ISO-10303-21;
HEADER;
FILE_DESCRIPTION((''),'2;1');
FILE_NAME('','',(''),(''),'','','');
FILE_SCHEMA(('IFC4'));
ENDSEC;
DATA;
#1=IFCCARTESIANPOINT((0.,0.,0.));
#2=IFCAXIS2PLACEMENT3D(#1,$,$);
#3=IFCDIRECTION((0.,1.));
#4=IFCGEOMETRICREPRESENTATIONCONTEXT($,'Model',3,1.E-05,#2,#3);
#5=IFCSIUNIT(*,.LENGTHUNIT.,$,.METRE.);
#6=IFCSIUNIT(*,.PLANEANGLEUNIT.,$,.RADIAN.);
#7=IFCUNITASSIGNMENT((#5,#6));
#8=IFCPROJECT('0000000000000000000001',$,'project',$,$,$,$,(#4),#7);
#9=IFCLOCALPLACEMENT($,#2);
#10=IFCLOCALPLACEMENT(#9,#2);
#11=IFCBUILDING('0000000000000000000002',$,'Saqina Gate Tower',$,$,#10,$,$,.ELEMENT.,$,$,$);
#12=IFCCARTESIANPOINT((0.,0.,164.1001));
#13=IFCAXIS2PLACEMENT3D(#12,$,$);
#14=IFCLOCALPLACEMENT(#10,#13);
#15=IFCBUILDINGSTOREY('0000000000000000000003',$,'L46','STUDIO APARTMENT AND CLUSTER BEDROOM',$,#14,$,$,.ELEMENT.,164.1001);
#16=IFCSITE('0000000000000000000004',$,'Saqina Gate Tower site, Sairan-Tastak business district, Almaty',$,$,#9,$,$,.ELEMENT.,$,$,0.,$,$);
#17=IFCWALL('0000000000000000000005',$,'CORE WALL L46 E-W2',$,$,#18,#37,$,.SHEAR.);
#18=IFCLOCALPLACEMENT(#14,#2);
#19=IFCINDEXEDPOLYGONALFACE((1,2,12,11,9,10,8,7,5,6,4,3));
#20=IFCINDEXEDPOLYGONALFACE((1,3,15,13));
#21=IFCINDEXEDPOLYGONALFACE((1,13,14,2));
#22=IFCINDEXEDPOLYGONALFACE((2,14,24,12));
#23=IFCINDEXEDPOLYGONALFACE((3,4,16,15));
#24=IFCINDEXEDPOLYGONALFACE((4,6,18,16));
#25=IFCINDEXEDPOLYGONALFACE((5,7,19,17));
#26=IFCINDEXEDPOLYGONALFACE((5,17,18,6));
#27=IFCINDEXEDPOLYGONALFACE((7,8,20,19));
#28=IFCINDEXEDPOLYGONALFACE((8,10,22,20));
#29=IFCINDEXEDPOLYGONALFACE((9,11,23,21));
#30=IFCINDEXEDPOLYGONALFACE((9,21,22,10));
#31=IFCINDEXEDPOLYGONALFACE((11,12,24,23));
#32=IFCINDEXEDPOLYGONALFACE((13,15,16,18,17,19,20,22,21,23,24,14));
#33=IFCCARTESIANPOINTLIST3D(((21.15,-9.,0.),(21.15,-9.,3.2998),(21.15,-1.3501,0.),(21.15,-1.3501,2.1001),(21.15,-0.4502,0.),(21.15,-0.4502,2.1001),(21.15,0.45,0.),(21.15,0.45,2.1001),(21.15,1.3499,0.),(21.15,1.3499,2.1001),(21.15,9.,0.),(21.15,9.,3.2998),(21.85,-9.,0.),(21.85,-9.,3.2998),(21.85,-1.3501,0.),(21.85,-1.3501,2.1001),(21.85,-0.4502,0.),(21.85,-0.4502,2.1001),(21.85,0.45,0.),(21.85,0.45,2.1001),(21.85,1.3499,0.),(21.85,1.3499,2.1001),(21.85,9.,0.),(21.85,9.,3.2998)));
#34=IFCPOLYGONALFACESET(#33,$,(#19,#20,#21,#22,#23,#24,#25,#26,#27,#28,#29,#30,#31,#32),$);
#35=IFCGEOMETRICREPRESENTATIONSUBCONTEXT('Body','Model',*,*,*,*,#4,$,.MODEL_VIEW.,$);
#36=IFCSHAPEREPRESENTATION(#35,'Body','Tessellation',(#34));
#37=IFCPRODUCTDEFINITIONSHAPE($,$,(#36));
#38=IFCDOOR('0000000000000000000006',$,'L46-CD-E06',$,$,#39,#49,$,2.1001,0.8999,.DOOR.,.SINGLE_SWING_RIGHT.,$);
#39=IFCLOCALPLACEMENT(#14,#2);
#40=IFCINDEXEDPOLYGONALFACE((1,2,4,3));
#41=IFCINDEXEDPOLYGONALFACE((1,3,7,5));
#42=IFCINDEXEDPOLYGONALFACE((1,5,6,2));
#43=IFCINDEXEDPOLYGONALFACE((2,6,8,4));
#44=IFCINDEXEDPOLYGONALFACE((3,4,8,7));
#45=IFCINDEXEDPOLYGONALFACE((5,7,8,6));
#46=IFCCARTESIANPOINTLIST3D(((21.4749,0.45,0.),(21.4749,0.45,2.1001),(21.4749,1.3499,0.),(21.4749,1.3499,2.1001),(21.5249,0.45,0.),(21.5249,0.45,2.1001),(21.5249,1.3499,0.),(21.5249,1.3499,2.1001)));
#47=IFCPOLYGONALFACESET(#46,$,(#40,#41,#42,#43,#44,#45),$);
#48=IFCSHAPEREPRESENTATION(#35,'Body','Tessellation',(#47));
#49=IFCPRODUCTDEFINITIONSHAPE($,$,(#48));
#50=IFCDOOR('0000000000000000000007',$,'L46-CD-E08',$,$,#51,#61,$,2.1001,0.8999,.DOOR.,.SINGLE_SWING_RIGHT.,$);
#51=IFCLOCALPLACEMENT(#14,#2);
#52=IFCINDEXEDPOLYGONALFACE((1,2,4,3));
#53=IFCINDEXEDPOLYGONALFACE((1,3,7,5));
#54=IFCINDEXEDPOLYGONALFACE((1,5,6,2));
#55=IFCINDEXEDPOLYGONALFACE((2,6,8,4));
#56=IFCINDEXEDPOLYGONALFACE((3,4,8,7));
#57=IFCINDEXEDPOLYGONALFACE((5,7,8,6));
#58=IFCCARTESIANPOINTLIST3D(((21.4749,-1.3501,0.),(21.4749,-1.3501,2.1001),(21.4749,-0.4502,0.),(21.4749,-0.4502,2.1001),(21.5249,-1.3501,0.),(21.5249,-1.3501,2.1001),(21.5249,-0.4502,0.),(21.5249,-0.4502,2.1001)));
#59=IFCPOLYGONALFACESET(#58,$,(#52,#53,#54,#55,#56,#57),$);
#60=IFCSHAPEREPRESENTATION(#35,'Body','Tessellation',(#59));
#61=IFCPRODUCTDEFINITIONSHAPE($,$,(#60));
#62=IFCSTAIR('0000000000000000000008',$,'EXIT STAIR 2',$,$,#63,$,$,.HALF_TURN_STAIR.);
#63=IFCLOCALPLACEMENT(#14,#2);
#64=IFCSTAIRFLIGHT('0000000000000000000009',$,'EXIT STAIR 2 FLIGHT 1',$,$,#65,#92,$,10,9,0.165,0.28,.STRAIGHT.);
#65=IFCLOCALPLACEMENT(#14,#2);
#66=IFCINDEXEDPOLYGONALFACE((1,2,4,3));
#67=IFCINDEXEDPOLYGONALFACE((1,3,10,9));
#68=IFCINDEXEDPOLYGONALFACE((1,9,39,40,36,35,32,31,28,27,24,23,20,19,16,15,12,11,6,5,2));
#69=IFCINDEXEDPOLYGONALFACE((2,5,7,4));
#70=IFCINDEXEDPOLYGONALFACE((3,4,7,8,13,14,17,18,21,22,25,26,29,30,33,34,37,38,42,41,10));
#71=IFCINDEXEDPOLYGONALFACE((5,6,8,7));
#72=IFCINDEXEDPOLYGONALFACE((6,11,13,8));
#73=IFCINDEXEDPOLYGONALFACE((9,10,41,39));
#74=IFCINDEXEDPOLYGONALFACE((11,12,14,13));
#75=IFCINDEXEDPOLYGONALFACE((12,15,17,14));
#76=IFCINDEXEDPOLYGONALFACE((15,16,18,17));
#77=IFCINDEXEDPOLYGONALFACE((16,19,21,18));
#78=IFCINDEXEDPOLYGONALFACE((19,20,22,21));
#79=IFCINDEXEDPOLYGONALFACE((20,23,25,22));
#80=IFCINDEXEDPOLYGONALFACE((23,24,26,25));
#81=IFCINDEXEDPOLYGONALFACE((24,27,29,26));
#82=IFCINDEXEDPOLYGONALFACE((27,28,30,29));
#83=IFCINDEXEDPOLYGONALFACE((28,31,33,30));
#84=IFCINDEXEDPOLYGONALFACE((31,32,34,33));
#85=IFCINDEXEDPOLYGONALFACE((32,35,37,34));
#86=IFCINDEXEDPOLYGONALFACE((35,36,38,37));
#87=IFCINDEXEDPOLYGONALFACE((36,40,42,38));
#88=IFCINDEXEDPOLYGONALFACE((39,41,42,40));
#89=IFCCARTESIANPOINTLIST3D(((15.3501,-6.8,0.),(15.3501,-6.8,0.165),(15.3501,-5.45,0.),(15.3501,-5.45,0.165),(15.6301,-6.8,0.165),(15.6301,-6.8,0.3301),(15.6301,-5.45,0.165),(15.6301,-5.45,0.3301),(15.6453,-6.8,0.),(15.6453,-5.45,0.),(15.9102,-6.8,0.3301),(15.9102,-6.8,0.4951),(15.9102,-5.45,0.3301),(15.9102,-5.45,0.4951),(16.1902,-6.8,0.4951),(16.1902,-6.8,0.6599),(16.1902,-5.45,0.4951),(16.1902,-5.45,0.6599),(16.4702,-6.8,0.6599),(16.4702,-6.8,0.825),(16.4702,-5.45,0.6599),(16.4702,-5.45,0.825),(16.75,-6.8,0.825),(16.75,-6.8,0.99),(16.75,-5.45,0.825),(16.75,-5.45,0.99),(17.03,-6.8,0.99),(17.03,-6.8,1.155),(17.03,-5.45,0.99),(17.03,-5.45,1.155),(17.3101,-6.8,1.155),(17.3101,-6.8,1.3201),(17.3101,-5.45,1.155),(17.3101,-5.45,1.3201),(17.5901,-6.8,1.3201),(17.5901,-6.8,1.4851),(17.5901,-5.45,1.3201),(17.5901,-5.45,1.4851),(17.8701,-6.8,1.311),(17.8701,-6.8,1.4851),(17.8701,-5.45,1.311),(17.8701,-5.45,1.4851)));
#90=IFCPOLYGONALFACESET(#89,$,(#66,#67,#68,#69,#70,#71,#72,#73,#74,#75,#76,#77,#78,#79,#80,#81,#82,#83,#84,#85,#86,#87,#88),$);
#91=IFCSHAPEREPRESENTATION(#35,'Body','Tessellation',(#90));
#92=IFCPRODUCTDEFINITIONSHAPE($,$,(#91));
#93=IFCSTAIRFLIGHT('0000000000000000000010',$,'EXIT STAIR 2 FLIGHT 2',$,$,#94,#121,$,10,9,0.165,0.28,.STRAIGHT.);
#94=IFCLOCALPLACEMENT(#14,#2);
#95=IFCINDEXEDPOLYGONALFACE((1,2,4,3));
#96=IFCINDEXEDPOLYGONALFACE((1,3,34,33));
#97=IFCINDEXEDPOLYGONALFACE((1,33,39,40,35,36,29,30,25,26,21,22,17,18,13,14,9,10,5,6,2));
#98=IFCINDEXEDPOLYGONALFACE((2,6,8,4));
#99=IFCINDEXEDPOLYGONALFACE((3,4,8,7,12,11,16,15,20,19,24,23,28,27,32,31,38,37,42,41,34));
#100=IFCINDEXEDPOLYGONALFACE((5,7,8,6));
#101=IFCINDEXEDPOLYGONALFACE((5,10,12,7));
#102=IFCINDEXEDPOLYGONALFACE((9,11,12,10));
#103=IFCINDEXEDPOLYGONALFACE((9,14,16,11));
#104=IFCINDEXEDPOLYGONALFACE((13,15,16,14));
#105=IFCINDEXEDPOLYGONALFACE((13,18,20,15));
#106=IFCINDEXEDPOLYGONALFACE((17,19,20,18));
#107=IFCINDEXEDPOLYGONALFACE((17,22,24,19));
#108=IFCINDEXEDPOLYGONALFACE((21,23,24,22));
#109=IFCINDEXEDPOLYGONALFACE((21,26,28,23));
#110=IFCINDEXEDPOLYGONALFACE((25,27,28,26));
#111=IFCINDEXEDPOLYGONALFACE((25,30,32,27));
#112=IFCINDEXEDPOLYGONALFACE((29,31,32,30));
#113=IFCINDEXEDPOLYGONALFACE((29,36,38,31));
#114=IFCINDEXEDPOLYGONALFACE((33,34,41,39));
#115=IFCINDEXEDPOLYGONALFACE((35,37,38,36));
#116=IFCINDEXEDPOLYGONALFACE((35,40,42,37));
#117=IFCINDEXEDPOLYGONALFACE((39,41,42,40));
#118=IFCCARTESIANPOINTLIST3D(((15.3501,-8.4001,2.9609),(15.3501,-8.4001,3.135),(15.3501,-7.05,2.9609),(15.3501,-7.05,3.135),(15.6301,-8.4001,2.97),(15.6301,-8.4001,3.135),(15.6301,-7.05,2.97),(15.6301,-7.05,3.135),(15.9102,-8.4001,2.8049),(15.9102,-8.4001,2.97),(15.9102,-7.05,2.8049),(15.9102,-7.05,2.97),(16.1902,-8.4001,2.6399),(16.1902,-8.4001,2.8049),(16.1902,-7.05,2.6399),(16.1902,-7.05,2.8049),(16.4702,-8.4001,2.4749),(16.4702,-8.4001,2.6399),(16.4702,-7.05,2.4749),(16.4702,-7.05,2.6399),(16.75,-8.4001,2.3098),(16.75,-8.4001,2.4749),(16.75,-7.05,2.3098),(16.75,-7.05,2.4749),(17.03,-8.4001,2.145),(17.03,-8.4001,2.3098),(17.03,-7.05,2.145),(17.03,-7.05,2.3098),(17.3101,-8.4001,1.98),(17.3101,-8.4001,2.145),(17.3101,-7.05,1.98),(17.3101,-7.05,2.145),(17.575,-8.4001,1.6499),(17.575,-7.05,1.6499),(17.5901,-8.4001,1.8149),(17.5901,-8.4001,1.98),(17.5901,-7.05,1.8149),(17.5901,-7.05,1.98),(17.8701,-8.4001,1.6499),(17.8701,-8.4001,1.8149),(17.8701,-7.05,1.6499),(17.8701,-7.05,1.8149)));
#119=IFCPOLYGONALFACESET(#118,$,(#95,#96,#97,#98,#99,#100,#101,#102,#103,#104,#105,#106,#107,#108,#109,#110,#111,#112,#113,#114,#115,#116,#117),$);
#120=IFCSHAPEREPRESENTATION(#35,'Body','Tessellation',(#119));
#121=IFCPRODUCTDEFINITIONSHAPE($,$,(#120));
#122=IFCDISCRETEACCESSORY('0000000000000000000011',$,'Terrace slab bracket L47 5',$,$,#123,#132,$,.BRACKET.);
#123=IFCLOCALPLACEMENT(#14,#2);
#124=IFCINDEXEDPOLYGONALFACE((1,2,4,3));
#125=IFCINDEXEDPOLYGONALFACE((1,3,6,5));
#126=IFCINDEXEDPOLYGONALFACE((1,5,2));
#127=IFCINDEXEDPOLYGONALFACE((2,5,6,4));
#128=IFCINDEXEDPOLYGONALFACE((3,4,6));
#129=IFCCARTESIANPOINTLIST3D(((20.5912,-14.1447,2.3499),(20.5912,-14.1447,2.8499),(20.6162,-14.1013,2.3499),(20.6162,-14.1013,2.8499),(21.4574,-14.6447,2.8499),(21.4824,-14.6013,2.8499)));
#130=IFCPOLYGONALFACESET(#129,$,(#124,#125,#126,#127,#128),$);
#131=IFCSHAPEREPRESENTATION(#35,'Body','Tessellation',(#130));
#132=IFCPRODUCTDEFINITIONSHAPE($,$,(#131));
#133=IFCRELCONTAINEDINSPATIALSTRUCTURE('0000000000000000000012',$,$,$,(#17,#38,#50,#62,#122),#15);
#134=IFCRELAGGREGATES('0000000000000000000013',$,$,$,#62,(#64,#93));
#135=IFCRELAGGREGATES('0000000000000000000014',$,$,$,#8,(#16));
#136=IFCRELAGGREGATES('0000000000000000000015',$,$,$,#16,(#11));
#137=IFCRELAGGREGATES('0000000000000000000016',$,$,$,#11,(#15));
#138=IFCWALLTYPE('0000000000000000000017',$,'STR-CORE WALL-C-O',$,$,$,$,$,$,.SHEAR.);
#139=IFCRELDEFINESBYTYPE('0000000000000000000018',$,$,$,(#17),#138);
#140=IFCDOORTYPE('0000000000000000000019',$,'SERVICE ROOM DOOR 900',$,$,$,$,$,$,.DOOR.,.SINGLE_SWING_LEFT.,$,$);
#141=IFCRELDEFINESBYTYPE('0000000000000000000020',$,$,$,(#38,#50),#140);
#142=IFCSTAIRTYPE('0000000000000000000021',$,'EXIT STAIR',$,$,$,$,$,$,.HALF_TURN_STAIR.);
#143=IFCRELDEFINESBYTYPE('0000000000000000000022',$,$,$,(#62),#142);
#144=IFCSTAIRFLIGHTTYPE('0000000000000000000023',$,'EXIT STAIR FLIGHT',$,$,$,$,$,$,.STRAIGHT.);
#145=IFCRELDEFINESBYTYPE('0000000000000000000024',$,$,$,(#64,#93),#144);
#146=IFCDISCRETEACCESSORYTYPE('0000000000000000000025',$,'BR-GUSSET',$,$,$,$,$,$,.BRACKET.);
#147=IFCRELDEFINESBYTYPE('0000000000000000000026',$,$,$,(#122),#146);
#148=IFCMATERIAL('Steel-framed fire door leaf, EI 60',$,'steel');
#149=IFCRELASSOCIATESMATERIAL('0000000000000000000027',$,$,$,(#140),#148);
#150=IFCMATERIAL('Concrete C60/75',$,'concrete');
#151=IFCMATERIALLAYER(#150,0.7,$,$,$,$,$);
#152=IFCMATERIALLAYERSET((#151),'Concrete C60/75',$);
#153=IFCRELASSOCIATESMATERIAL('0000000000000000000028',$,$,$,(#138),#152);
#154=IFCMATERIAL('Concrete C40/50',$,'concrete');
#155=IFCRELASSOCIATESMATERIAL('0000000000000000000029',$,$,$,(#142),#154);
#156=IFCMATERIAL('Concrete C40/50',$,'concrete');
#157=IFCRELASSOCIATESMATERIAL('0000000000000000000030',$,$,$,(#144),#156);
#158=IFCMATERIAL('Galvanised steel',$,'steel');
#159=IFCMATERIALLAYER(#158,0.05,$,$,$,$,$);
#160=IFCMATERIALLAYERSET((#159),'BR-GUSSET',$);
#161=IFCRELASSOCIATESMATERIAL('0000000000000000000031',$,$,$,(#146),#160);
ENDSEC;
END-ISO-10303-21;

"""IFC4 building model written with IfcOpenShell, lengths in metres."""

from ifc_helpers import new_model, si_unit, direction, frame, frame_2d, origin, place, context, subcontext, project, spatial, polyline, rectangle, outline, extrude, material, layer, layer_set, type_object, element, fill, aggregate, save


model = new_model("IFC4")

# Units and contexts
model_context = context("Model", 3, precision=1e-05, world=origin(), true_north=direction((0.0, 1.0)))
body_context = subcontext(model_context, "Body", "Model", "MODEL_VIEW")
ifc_project = project(units=[si_unit("LENGTHUNIT", "METRE"), si_unit("PLANEANGLEUNIT", "RADIAN")], contexts=[model_context])

# Site, building, storey
site_placement = place(None, origin())
site = spatial("IfcSite", under=ifc_project, at=site_placement, Name="Saqina Gate Tower site, Sairan-Tastak business district, Almaty", CompositionType="ELEMENT", RefElevation=0.0)
building_placement = place(site_placement, origin())
building = spatial("IfcBuilding", under=site, at=building_placement, Name="Saqina Gate Tower", CompositionType="ELEMENT")
storey_placement = place(building_placement, frame((0.0, 0.0, 164.1001)))
storey = spatial("IfcBuildingStorey", under=building, at=storey_placement, Name="L46", Description="STUDIO APARTMENT AND CLUSTER BEDROOM", CompositionType="ELEMENT", Elevation=164.1001)

# Shared definitions
ifc_material_1 = material(Name="Steel-framed fire door leaf, EI 60", Category="steel")
door_type_1 = type_object("IfcDoorType", Name="SERVICE ROOM DOOR 900", OperationType="SINGLE_SWING_LEFT", PredefinedType="DOOR", material=ifc_material_1)

# Wall, openings, doors
ifc_material_2 = material(Name="Concrete C60/75", Category="concrete")
ifc_layer_1 = layer(ifc_material_2, 0.7)
ifc_layer_set_1 = layer_set([ifc_layer_1], Name="Concrete C60/75")
wall_type_1 = type_object("IfcWallType", Name="STR-CORE WALL-C-O", PredefinedType="SHEAR", material=ifc_layer_set_1)
wall_1_placement = place(storey_placement, frame((21.5, -9.0, 0.0), z_axis=(0.0, 0.0, 1.0), x_axis=(0.0, 1.0, 0.0)))
wall_1 = element("IfcWall", 1, at=wall_1_placement, inside=storey, type_object=wall_type_1, Name="CORE WALL L46 E-W2", PredefinedType="SHEAR", context=body_context, shape_type="SweptSolid", body=[
    extrude(rectangle(XDim=18.0, YDim=0.7, at=frame_2d((9.0, 0.0))), origin(), (0.0, 0.0, 1.0), 3.2998),
])
opening_1_placement = place(wall_1_placement, frame((9.45, 0.0, 0.0)))
opening_1 = element("IfcOpeningElement", 2, at=opening_1_placement, cuts=wall_1, PredefinedType="OPENING", context=body_context, shape_type="SweptSolid", body=[
    extrude(rectangle(XDim=0.8999, YDim=2.1001, at=frame_2d((0.45, 1.05))), frame((0.0, 0.3621, 0.0), z_axis=(0.0, -1.0, 0.0), x_axis=(1.0, 0.0, 0.0)), (0.0, 0.0, 1.0), 0.7239),
])
opening_2_placement = place(wall_1_placement, frame((7.6499, 0.0, 0.0)))
opening_2 = element("IfcOpeningElement", 3, at=opening_2_placement, cuts=wall_1, PredefinedType="OPENING", context=body_context, shape_type="SweptSolid", body=[
    extrude(rectangle(XDim=0.8999, YDim=2.1001, at=frame_2d((0.45, 1.05))), frame((0.0, 0.3621, 0.0), z_axis=(0.0, -1.0, 0.0), x_axis=(1.0, 0.0, 0.0)), (0.0, 0.0, 1.0), 0.7239),
])
door_1_placement = place(opening_1_placement, frame((0.8999, 0.0, 0.0), z_axis=(0.0, 0.0, 1.0), x_axis=(-1.0, 0.0, 0.0)))
door_1 = element("IfcDoor", 4, at=door_1_placement, inside=storey, type_object=door_type_1, Name="L46-CD-E06", OperationType="SINGLE_SWING_RIGHT", OverallHeight=2.1001, OverallWidth=0.8999, PredefinedType="DOOR", context=body_context, shape_type="SweptSolid", body=[
    extrude(rectangle(XDim=0.8999, YDim=2.1001, at=frame_2d((0.45, 1.05))), frame((0.0, 0.0249, 0.0), z_axis=(0.0, -1.0, 0.0), x_axis=(1.0, 0.0, 0.0)), (0.0, 0.0, 1.0), 0.05),
])
fill(opening_1, door_1)
door_2_placement = place(opening_2_placement, frame((0.8999, 0.0, 0.0), z_axis=(0.0, 0.0, 1.0), x_axis=(-1.0, 0.0, 0.0)))
door_2 = element("IfcDoor", 5, at=door_2_placement, inside=storey, type_object=door_type_1, Name="L46-CD-E08", OperationType="SINGLE_SWING_RIGHT", OverallHeight=2.1001, OverallWidth=0.8999, PredefinedType="DOOR", context=body_context, shape_type="SweptSolid", body=[
    extrude(rectangle(XDim=0.8999, YDim=2.1001, at=frame_2d((0.45, 1.05))), frame((0.0, 0.0249, 0.0), z_axis=(0.0, -1.0, 0.0), x_axis=(1.0, 0.0, 0.0)), (0.0, 0.0, 1.0), 0.05),
])
fill(opening_2, door_2)

# Stair, stair flights
ifc_material_3 = material(Name="Concrete C40/50", Category="concrete")
stair_type = type_object("IfcStairType", Name="EXIT STAIR", PredefinedType="HALF_TURN_STAIR", material=ifc_material_3)
stair_placement = place(storey_placement, origin())
stair = element("IfcStair", 6, at=stair_placement, inside=storey, type_object=stair_type, Name="EXIT STAIR 2", PredefinedType="HALF_TURN_STAIR")
ifc_material_4 = material(Name="Concrete C40/50", Category="concrete")
stair_flight_type = type_object("IfcStairFlightType", Name="EXIT STAIR FLIGHT", PredefinedType="STRAIGHT", material=ifc_material_4)
stair_flight_1_placement = place(storey_placement, frame((15.3501, -6.125, 0.0), z_axis=(0.0, 0.0, 1.0), x_axis=(1.0, 0.0, 0.0)))
stair_flight_1 = element("IfcStairFlight", 7, at=stair_flight_1_placement, type_object=stair_flight_type, Name="EXIT STAIR 2 FLIGHT 1", NumberOfRisers=10, NumberOfTreads=9, PredefinedType="STRAIGHT", RiserHeight=0.165, TreadLength=0.28, context=body_context, shape_type="SweptSolid", body=[
    extrude(outline(polyline([(0.0, 0.0), (0.0, 0.165), (0.28, 0.165), (0.28, 0.3301), (0.5601, 0.3301), (0.5601, 0.4951), (0.8401, 0.4951), (0.8401, 0.6599), (1.1201, 0.6599), (1.1201, 0.825), (1.3999, 0.825), (1.3999, 0.99), (1.6799, 0.99), (1.6799, 1.155), (1.96, 1.155), (1.96, 1.3201), (2.24, 1.3201), (2.24, 1.4851), (2.52, 1.4851), (2.52, 1.6499), (2.52, 1.311), (0.2952, 0.0), (0.0, 0.0)])), frame((0.0, 0.675, 0.0), z_axis=(0.0, -1.0, 0.0), x_axis=(1.0, 0.0, 0.0)), (0.0, 0.0, 1.0), 1.3501),
])
stair_flight_2_placement = place(storey_placement, frame((17.8701, -7.7251, 1.6499), z_axis=(0.0, 0.0, 1.0), x_axis=(-1.0, 0.0, 0.0)))
stair_flight_2 = element("IfcStairFlight", 8, at=stair_flight_2_placement, type_object=stair_flight_type, Name="EXIT STAIR 2 FLIGHT 2", NumberOfRisers=10, NumberOfTreads=9, PredefinedType="STRAIGHT", RiserHeight=0.165, TreadLength=0.28, context=body_context, shape_type="SweptSolid", body=[
    extrude(outline(polyline([(0.0, 0.0), (0.0, 0.165), (0.28, 0.165), (0.28, 0.3301), (0.5601, 0.3301), (0.5601, 0.4951), (0.8401, 0.4951), (0.8401, 0.6599), (1.1201, 0.6599), (1.1201, 0.825), (1.3999, 0.825), (1.3999, 0.99), (1.6799, 0.99), (1.6799, 1.155), (1.96, 1.155), (1.96, 1.3201), (2.24, 1.3201), (2.24, 1.4851), (2.52, 1.4851), (2.52, 1.6499), (2.52, 1.311), (0.2952, 0.0), (0.0, 0.0)])), frame((0.0, 0.675, 0.0), z_axis=(0.0, -1.0, 0.0), x_axis=(1.0, 0.0, 0.0)), (0.0, 0.0, 1.0), 1.3501),
])
aggregate(stair, [stair_flight_1, stair_flight_2])

# Discrete accessory
ifc_material_5 = material(Name="Galvanised steel", Category="steel")
ifc_layer_2 = layer(ifc_material_5, 0.05)
ifc_layer_set_2 = layer_set([ifc_layer_2], Name="BR-GUSSET")
discrete_accessory_type = type_object("IfcDiscreteAccessoryType", Name="BR-GUSSET", PredefinedType="BRACKET", material=ifc_layer_set_2)
discrete_accessory_placement = place(storey_placement, frame((20.6162, -14.1013, 2.3499), z_axis=(0.49992, 0.866072, 0.0), x_axis=(0.0, 0.0, 1.0)))
element("IfcDiscreteAccessory", 9, at=discrete_accessory_placement, inside=storey, type_object=discrete_accessory_type, Name="Terrace slab bracket L47 5", PredefinedType="BRACKET", context=body_context, shape_type="SweptSolid", body=[
    extrude(outline(polyline([(0.0, 0.0), (0.5, 0.0), (0.5, 1.0002), (0.0, 0.0)])), origin(), (0.0, 0.0, -1.0), 0.05),
])

save(model, "model.ifc")
